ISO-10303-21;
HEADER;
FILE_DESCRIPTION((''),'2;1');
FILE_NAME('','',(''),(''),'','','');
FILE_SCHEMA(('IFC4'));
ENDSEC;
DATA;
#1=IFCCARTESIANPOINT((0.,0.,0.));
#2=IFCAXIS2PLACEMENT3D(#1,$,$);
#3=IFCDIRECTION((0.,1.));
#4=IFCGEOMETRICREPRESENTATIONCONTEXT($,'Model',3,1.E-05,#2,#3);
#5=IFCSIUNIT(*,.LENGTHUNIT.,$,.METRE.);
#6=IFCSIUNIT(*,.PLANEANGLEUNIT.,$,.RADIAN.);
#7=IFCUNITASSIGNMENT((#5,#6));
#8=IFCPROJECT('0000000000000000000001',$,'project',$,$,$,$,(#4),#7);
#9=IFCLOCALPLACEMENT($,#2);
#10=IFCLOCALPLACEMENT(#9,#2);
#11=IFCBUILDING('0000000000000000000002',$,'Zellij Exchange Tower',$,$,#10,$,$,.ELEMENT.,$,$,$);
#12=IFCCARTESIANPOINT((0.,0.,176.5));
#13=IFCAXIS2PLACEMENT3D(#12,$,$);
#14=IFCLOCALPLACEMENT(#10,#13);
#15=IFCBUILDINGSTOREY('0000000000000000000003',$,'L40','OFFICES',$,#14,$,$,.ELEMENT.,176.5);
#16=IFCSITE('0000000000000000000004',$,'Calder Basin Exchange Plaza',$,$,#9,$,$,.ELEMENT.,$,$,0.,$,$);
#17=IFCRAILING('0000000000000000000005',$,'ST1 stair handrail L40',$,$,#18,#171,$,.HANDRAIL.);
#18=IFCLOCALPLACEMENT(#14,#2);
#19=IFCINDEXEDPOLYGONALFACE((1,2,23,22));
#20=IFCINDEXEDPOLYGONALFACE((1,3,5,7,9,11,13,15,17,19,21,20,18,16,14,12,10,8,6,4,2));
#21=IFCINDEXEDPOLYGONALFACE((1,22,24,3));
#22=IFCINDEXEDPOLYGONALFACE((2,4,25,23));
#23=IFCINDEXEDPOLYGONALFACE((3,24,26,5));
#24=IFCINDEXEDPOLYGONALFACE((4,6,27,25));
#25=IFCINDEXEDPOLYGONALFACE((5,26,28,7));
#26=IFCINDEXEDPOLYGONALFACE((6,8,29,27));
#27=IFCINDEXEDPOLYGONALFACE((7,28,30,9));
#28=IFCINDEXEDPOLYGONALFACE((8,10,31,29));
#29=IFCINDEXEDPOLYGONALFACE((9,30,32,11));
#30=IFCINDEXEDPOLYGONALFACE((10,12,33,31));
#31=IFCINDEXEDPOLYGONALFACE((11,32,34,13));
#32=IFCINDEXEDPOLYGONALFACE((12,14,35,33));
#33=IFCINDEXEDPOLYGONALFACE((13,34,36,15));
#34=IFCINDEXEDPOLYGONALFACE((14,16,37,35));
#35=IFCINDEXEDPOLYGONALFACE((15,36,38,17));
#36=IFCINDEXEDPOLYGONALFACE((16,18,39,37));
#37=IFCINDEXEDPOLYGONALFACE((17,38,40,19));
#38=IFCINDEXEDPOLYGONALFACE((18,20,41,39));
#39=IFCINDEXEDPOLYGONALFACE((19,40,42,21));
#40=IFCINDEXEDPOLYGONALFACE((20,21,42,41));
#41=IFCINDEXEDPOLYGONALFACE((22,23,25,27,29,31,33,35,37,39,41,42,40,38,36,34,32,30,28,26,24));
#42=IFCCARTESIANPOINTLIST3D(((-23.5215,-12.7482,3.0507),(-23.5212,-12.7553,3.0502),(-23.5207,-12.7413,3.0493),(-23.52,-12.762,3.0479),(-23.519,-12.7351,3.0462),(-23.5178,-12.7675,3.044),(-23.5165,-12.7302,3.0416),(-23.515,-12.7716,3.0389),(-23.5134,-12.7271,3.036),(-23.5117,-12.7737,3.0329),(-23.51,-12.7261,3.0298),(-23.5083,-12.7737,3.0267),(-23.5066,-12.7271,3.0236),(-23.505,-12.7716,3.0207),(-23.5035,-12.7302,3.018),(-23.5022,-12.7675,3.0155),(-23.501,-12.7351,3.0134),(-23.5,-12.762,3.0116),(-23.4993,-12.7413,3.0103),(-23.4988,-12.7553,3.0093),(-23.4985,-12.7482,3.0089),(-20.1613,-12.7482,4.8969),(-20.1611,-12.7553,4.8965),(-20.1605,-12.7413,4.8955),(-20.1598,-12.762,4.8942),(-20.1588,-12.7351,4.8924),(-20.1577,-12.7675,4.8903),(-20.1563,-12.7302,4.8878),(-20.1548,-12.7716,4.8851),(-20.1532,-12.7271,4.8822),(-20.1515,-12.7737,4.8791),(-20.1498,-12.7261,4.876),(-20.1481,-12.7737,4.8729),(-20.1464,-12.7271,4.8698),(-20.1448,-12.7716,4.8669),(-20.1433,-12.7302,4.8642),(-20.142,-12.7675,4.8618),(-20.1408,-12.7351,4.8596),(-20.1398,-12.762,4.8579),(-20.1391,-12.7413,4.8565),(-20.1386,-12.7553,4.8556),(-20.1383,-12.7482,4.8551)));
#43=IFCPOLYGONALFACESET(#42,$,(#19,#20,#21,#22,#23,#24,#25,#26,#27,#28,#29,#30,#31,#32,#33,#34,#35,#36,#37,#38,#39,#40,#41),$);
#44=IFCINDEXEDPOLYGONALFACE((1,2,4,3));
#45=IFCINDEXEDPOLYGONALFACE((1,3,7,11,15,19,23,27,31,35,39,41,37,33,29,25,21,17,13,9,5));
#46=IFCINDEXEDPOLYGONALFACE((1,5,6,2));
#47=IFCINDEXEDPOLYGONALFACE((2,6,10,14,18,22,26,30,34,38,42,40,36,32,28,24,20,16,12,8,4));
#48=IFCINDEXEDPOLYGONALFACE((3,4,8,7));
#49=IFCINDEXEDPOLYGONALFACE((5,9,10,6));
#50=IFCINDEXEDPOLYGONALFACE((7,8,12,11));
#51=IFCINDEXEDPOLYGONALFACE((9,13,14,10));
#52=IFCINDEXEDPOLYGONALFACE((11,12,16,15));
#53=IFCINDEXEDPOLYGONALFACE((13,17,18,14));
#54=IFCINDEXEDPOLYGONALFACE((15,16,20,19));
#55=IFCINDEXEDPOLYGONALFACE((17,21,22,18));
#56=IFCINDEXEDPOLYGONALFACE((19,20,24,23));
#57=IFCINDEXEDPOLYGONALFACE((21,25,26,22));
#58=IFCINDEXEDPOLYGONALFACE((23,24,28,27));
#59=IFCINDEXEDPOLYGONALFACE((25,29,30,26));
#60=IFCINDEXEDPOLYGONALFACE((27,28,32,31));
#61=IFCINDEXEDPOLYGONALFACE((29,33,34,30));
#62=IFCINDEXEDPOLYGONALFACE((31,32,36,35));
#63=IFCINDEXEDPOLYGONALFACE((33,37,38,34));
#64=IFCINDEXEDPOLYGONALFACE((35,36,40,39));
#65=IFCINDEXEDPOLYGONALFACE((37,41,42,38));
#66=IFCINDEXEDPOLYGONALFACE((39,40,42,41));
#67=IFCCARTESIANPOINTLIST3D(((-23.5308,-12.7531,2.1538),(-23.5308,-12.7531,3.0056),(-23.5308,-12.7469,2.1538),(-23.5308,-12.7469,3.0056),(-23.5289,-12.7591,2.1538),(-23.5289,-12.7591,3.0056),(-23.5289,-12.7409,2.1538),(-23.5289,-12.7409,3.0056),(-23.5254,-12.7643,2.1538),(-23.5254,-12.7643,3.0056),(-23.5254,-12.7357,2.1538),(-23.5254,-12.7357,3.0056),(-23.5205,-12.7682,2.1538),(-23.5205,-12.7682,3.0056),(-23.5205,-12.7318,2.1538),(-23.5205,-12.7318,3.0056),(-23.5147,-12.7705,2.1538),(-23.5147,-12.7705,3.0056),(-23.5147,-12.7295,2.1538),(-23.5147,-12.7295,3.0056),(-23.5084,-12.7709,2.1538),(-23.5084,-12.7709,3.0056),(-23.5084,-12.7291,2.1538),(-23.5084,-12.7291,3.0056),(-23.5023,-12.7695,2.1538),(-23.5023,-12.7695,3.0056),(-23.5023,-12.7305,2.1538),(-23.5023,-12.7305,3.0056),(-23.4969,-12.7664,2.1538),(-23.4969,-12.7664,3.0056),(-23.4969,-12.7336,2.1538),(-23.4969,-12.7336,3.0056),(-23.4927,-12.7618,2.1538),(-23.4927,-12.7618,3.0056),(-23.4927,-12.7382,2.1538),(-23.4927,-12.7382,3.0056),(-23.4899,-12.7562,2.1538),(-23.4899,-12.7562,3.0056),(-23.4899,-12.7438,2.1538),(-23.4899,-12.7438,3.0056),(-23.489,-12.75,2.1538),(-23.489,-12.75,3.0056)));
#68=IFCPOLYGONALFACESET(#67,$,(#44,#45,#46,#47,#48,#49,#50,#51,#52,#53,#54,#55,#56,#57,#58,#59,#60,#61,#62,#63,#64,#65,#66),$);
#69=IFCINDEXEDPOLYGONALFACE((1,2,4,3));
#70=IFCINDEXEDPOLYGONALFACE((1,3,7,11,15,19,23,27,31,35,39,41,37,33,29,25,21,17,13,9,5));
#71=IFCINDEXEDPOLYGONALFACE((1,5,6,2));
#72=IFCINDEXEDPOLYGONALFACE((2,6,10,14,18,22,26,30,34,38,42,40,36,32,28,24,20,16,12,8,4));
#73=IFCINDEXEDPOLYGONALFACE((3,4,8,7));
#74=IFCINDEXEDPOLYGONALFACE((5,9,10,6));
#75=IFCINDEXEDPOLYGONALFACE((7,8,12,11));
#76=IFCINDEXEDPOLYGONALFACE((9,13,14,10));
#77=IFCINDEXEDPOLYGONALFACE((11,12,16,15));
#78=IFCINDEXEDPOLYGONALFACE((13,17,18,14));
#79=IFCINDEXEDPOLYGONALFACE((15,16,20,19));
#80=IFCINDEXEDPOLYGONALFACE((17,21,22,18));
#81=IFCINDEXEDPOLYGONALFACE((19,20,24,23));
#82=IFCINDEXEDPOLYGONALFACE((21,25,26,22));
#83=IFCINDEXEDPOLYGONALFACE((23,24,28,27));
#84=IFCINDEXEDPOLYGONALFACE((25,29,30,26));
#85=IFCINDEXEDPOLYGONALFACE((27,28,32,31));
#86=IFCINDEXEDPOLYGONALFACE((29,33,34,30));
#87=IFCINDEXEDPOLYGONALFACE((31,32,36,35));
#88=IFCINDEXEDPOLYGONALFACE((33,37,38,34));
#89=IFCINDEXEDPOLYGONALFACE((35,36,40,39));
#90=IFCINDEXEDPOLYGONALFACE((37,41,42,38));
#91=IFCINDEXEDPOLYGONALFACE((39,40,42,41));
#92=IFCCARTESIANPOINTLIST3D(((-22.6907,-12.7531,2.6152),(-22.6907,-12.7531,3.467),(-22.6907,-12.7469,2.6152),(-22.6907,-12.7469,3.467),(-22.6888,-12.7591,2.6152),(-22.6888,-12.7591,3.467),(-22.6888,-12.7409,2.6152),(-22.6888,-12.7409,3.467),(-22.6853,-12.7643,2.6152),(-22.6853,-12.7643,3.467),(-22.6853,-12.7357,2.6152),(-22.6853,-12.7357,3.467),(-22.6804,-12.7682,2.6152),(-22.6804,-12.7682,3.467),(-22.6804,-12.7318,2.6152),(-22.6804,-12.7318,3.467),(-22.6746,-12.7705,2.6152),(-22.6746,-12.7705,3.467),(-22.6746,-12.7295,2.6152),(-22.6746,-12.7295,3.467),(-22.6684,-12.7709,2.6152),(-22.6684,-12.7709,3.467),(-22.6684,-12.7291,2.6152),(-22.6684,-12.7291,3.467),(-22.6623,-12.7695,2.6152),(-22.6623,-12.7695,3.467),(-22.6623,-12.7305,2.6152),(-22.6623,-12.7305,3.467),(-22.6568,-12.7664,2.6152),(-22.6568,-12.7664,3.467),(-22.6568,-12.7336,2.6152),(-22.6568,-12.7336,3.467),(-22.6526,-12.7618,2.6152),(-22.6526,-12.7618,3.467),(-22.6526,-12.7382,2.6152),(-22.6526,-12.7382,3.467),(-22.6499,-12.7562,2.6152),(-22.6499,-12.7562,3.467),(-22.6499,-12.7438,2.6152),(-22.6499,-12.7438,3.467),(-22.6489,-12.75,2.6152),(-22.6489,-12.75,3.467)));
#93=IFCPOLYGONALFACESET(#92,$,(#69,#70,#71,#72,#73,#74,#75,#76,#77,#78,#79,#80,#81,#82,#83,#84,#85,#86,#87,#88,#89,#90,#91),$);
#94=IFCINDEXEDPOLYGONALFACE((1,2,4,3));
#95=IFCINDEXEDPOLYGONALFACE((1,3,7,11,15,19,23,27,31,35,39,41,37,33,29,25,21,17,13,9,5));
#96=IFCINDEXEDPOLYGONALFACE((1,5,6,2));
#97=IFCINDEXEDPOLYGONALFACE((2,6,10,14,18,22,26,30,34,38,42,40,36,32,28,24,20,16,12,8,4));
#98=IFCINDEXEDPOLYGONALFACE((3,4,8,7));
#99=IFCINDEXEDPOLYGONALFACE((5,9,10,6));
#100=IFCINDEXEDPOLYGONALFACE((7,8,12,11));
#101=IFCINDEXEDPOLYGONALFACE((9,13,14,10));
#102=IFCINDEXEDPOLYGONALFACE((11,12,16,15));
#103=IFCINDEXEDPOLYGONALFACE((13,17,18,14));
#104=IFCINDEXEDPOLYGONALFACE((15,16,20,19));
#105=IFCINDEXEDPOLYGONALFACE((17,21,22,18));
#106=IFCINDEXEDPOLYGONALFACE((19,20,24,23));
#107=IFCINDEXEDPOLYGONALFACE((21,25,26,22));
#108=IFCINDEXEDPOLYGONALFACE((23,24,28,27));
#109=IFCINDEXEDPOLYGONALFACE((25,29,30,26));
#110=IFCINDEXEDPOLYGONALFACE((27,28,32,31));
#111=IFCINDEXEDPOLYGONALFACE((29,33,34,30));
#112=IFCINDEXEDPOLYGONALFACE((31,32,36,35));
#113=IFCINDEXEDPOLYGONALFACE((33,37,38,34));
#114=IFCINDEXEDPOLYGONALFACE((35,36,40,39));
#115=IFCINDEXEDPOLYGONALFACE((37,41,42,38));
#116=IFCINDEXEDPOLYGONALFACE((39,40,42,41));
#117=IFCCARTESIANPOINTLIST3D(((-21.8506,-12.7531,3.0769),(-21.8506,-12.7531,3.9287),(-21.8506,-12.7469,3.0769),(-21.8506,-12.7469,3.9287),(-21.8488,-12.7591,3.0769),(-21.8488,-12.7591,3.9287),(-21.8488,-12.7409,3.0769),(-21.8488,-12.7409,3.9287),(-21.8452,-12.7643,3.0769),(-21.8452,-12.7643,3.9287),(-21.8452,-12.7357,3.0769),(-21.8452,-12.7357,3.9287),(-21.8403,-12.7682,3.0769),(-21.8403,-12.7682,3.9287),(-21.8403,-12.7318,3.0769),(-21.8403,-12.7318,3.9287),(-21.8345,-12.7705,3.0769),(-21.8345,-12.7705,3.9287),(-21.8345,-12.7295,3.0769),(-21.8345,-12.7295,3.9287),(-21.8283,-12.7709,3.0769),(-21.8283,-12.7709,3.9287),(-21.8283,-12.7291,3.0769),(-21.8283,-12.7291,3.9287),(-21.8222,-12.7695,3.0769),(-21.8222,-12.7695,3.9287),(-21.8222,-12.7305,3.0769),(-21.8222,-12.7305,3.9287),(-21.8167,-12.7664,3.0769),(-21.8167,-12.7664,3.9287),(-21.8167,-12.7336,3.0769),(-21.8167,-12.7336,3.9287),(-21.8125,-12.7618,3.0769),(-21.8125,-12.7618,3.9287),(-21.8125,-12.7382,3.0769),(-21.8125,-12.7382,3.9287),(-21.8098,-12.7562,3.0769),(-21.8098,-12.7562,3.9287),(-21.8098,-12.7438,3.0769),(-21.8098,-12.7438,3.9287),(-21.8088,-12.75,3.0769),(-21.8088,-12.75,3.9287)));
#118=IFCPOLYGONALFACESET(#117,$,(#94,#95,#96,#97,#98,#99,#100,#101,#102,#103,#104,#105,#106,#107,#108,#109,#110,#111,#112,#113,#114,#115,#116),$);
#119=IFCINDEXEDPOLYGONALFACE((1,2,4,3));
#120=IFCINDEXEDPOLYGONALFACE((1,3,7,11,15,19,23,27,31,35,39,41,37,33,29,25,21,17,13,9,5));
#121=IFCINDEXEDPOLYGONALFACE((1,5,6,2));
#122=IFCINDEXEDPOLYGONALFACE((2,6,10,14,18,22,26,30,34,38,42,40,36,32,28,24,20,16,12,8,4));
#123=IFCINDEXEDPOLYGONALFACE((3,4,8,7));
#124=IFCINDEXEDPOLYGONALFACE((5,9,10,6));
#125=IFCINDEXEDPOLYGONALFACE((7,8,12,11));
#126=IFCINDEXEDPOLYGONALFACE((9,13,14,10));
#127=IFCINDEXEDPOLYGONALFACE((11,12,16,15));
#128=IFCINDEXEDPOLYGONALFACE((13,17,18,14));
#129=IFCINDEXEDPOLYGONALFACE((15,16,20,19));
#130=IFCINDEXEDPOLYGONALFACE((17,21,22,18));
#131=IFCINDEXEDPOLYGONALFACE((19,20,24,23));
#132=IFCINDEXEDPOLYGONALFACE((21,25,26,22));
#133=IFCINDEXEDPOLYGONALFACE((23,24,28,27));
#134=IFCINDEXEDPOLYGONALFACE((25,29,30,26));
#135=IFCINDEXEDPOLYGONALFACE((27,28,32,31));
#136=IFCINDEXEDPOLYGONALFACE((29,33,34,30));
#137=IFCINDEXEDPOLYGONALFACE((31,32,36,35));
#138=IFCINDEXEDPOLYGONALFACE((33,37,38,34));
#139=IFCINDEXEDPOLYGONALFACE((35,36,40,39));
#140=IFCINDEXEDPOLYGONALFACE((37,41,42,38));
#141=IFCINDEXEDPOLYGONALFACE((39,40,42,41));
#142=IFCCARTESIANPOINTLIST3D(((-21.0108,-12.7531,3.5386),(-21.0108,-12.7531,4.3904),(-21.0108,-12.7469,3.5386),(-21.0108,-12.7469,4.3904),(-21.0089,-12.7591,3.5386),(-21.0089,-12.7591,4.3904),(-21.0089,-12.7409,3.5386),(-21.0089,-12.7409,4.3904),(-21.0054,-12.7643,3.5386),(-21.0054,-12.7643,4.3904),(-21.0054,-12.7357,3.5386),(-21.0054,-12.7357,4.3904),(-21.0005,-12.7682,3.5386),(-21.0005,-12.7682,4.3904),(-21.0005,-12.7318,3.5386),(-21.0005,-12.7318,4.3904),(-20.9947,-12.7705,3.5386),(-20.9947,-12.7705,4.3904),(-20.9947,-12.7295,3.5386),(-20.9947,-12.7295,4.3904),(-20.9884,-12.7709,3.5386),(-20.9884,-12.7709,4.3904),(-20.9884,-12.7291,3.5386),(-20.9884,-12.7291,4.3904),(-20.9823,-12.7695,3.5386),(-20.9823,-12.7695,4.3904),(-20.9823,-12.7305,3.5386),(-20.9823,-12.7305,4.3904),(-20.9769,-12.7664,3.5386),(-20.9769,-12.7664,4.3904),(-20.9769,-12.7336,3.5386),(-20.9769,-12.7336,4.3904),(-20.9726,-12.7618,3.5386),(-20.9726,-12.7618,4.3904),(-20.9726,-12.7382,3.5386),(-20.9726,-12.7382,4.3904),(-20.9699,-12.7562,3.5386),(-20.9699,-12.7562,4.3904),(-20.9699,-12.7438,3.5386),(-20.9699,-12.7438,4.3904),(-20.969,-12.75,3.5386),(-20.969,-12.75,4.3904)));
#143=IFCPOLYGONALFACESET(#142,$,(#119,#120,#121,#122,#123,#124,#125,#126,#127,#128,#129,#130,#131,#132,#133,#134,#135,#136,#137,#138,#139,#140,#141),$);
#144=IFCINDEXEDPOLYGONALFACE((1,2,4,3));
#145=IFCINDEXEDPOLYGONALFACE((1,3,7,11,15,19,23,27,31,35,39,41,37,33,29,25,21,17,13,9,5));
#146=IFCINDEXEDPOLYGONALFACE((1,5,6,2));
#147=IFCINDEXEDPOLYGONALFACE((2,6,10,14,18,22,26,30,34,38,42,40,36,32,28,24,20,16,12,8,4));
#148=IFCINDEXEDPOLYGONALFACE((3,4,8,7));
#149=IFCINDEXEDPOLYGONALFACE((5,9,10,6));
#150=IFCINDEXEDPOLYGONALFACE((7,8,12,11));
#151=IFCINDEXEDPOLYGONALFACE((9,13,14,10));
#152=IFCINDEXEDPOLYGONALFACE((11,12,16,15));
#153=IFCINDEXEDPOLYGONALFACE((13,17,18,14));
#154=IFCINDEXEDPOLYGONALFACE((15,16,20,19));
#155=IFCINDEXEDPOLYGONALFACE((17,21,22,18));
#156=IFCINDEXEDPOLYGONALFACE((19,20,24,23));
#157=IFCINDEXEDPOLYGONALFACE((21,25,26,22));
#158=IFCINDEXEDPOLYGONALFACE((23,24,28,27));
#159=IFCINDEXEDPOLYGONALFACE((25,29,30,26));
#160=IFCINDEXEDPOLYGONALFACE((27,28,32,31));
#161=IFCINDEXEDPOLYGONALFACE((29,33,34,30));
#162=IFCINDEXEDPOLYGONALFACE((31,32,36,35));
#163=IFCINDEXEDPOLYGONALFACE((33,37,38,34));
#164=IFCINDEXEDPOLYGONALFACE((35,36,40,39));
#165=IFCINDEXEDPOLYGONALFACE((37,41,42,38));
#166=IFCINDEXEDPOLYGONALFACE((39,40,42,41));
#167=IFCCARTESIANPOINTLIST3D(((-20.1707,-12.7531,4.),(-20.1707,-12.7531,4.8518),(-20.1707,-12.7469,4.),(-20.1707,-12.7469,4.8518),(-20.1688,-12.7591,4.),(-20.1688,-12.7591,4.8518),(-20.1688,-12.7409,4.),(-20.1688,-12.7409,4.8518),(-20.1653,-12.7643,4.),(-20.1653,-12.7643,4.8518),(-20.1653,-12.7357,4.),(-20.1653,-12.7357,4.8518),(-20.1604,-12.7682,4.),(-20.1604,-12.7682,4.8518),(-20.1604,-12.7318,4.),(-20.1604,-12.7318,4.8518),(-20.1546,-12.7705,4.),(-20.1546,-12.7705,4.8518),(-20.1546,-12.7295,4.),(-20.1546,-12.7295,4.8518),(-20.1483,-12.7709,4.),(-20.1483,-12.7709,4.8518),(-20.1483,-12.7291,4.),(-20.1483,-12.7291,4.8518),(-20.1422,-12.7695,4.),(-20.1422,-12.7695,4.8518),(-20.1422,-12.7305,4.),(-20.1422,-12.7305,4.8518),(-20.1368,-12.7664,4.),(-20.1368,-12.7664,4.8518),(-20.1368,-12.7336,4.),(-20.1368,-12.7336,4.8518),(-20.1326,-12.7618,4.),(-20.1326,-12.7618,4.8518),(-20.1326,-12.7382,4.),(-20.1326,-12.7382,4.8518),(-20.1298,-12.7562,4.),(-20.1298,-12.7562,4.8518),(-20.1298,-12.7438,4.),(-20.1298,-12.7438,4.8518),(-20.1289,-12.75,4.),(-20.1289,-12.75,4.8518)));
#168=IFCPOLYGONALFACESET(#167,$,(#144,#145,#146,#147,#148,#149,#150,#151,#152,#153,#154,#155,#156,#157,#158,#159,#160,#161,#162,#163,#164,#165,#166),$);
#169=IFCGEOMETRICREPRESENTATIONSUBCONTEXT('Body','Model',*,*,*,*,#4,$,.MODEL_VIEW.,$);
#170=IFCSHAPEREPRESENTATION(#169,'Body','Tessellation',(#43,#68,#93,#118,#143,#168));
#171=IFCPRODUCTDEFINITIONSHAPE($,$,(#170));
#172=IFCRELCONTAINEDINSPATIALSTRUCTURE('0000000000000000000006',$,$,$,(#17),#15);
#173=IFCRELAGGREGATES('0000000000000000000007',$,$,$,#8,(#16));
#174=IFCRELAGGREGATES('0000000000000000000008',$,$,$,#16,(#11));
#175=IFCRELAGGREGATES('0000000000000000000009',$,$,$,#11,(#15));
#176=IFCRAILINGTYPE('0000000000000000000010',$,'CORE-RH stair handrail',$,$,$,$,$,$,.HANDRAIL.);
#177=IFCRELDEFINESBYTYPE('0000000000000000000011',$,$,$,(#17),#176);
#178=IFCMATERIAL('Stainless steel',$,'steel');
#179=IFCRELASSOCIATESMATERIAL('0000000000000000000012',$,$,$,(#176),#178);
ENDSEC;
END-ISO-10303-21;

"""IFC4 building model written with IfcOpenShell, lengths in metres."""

from ifc_helpers import new_model, si_unit, direction, frame, origin, origin_2d, place, context, subcontext, project, spatial, circle, extrude, material, type_object, element, save


model = new_model("IFC4")

# Units and contexts
model_context = context("Model", 3, precision=1e-05, world=origin(), true_north=direction((0.0, 1.0)))
body_context = subcontext(model_context, "Body", "Model", "MODEL_VIEW")
ifc_project = project(units=[si_unit("LENGTHUNIT", "METRE"), si_unit("PLANEANGLEUNIT", "RADIAN")], contexts=[model_context])

# Site, building, storey
site_placement = place(None, origin())
site = spatial("IfcSite", under=ifc_project, at=site_placement, Name="Calder Basin Exchange Plaza", CompositionType="ELEMENT", RefElevation=0.0)
building_placement = place(site_placement, origin())
building = spatial("IfcBuilding", under=site, at=building_placement, Name="Zellij Exchange Tower", CompositionType="ELEMENT")
storey_placement = place(building_placement, frame((0.0, 0.0, 176.5)))
storey = spatial("IfcBuildingStorey", under=building, at=storey_placement, Name="L40", Description="OFFICES", CompositionType="ELEMENT", Elevation=176.5)

# Railing
ifc_material_1 = material(Name="Stainless steel", Category="steel")
railing_type_1 = type_object("IfcRailingType", Name="CORE-RH stair handrail", PredefinedType="HANDRAIL", material=ifc_material_1)
railing_1_placement = place(storey_placement, frame((-23.51, -12.75, 2.1538)))
element("IfcRailing", 1, at=railing_1_placement, inside=storey, type_object=railing_type_1, Name="ST1 stair handrail L40", PredefinedType="HANDRAIL", context=body_context, shape_type="SweptSolid", body=[
    extrude(circle(Radius=0.0239, at=origin_2d()), frame((0.0, 0.0, 0.876), z_axis=(0.876422, 0.0, 0.481545), x_axis=(0.0, 1.0, 0.0)), (0.0, 0.0, 1.0), 3.834),
    extrude(circle(Radius=0.021, at=origin_2d()), origin(), (0.0, 0.0, 1.0), 0.8518),
    extrude(circle(Radius=0.021, at=origin_2d()), frame((0.8401, 0.0, 0.4614)), (0.0, 0.0, 1.0), 0.8518),
    extrude(circle(Radius=0.021, at=origin_2d()), frame((1.6802, 0.0, 0.9231)), (0.0, 0.0, 1.0), 0.8518),
    extrude(circle(Radius=0.021, at=origin_2d()), frame((2.52, 0.0, 1.3848)), (0.0, 0.0, 1.0), 0.8518),
    extrude(circle(Radius=0.021, at=origin_2d()), frame((3.3601, 0.0, 1.8462)), (0.0, 0.0, 1.0), 0.8518),
])

save(model, "model.ifc")
